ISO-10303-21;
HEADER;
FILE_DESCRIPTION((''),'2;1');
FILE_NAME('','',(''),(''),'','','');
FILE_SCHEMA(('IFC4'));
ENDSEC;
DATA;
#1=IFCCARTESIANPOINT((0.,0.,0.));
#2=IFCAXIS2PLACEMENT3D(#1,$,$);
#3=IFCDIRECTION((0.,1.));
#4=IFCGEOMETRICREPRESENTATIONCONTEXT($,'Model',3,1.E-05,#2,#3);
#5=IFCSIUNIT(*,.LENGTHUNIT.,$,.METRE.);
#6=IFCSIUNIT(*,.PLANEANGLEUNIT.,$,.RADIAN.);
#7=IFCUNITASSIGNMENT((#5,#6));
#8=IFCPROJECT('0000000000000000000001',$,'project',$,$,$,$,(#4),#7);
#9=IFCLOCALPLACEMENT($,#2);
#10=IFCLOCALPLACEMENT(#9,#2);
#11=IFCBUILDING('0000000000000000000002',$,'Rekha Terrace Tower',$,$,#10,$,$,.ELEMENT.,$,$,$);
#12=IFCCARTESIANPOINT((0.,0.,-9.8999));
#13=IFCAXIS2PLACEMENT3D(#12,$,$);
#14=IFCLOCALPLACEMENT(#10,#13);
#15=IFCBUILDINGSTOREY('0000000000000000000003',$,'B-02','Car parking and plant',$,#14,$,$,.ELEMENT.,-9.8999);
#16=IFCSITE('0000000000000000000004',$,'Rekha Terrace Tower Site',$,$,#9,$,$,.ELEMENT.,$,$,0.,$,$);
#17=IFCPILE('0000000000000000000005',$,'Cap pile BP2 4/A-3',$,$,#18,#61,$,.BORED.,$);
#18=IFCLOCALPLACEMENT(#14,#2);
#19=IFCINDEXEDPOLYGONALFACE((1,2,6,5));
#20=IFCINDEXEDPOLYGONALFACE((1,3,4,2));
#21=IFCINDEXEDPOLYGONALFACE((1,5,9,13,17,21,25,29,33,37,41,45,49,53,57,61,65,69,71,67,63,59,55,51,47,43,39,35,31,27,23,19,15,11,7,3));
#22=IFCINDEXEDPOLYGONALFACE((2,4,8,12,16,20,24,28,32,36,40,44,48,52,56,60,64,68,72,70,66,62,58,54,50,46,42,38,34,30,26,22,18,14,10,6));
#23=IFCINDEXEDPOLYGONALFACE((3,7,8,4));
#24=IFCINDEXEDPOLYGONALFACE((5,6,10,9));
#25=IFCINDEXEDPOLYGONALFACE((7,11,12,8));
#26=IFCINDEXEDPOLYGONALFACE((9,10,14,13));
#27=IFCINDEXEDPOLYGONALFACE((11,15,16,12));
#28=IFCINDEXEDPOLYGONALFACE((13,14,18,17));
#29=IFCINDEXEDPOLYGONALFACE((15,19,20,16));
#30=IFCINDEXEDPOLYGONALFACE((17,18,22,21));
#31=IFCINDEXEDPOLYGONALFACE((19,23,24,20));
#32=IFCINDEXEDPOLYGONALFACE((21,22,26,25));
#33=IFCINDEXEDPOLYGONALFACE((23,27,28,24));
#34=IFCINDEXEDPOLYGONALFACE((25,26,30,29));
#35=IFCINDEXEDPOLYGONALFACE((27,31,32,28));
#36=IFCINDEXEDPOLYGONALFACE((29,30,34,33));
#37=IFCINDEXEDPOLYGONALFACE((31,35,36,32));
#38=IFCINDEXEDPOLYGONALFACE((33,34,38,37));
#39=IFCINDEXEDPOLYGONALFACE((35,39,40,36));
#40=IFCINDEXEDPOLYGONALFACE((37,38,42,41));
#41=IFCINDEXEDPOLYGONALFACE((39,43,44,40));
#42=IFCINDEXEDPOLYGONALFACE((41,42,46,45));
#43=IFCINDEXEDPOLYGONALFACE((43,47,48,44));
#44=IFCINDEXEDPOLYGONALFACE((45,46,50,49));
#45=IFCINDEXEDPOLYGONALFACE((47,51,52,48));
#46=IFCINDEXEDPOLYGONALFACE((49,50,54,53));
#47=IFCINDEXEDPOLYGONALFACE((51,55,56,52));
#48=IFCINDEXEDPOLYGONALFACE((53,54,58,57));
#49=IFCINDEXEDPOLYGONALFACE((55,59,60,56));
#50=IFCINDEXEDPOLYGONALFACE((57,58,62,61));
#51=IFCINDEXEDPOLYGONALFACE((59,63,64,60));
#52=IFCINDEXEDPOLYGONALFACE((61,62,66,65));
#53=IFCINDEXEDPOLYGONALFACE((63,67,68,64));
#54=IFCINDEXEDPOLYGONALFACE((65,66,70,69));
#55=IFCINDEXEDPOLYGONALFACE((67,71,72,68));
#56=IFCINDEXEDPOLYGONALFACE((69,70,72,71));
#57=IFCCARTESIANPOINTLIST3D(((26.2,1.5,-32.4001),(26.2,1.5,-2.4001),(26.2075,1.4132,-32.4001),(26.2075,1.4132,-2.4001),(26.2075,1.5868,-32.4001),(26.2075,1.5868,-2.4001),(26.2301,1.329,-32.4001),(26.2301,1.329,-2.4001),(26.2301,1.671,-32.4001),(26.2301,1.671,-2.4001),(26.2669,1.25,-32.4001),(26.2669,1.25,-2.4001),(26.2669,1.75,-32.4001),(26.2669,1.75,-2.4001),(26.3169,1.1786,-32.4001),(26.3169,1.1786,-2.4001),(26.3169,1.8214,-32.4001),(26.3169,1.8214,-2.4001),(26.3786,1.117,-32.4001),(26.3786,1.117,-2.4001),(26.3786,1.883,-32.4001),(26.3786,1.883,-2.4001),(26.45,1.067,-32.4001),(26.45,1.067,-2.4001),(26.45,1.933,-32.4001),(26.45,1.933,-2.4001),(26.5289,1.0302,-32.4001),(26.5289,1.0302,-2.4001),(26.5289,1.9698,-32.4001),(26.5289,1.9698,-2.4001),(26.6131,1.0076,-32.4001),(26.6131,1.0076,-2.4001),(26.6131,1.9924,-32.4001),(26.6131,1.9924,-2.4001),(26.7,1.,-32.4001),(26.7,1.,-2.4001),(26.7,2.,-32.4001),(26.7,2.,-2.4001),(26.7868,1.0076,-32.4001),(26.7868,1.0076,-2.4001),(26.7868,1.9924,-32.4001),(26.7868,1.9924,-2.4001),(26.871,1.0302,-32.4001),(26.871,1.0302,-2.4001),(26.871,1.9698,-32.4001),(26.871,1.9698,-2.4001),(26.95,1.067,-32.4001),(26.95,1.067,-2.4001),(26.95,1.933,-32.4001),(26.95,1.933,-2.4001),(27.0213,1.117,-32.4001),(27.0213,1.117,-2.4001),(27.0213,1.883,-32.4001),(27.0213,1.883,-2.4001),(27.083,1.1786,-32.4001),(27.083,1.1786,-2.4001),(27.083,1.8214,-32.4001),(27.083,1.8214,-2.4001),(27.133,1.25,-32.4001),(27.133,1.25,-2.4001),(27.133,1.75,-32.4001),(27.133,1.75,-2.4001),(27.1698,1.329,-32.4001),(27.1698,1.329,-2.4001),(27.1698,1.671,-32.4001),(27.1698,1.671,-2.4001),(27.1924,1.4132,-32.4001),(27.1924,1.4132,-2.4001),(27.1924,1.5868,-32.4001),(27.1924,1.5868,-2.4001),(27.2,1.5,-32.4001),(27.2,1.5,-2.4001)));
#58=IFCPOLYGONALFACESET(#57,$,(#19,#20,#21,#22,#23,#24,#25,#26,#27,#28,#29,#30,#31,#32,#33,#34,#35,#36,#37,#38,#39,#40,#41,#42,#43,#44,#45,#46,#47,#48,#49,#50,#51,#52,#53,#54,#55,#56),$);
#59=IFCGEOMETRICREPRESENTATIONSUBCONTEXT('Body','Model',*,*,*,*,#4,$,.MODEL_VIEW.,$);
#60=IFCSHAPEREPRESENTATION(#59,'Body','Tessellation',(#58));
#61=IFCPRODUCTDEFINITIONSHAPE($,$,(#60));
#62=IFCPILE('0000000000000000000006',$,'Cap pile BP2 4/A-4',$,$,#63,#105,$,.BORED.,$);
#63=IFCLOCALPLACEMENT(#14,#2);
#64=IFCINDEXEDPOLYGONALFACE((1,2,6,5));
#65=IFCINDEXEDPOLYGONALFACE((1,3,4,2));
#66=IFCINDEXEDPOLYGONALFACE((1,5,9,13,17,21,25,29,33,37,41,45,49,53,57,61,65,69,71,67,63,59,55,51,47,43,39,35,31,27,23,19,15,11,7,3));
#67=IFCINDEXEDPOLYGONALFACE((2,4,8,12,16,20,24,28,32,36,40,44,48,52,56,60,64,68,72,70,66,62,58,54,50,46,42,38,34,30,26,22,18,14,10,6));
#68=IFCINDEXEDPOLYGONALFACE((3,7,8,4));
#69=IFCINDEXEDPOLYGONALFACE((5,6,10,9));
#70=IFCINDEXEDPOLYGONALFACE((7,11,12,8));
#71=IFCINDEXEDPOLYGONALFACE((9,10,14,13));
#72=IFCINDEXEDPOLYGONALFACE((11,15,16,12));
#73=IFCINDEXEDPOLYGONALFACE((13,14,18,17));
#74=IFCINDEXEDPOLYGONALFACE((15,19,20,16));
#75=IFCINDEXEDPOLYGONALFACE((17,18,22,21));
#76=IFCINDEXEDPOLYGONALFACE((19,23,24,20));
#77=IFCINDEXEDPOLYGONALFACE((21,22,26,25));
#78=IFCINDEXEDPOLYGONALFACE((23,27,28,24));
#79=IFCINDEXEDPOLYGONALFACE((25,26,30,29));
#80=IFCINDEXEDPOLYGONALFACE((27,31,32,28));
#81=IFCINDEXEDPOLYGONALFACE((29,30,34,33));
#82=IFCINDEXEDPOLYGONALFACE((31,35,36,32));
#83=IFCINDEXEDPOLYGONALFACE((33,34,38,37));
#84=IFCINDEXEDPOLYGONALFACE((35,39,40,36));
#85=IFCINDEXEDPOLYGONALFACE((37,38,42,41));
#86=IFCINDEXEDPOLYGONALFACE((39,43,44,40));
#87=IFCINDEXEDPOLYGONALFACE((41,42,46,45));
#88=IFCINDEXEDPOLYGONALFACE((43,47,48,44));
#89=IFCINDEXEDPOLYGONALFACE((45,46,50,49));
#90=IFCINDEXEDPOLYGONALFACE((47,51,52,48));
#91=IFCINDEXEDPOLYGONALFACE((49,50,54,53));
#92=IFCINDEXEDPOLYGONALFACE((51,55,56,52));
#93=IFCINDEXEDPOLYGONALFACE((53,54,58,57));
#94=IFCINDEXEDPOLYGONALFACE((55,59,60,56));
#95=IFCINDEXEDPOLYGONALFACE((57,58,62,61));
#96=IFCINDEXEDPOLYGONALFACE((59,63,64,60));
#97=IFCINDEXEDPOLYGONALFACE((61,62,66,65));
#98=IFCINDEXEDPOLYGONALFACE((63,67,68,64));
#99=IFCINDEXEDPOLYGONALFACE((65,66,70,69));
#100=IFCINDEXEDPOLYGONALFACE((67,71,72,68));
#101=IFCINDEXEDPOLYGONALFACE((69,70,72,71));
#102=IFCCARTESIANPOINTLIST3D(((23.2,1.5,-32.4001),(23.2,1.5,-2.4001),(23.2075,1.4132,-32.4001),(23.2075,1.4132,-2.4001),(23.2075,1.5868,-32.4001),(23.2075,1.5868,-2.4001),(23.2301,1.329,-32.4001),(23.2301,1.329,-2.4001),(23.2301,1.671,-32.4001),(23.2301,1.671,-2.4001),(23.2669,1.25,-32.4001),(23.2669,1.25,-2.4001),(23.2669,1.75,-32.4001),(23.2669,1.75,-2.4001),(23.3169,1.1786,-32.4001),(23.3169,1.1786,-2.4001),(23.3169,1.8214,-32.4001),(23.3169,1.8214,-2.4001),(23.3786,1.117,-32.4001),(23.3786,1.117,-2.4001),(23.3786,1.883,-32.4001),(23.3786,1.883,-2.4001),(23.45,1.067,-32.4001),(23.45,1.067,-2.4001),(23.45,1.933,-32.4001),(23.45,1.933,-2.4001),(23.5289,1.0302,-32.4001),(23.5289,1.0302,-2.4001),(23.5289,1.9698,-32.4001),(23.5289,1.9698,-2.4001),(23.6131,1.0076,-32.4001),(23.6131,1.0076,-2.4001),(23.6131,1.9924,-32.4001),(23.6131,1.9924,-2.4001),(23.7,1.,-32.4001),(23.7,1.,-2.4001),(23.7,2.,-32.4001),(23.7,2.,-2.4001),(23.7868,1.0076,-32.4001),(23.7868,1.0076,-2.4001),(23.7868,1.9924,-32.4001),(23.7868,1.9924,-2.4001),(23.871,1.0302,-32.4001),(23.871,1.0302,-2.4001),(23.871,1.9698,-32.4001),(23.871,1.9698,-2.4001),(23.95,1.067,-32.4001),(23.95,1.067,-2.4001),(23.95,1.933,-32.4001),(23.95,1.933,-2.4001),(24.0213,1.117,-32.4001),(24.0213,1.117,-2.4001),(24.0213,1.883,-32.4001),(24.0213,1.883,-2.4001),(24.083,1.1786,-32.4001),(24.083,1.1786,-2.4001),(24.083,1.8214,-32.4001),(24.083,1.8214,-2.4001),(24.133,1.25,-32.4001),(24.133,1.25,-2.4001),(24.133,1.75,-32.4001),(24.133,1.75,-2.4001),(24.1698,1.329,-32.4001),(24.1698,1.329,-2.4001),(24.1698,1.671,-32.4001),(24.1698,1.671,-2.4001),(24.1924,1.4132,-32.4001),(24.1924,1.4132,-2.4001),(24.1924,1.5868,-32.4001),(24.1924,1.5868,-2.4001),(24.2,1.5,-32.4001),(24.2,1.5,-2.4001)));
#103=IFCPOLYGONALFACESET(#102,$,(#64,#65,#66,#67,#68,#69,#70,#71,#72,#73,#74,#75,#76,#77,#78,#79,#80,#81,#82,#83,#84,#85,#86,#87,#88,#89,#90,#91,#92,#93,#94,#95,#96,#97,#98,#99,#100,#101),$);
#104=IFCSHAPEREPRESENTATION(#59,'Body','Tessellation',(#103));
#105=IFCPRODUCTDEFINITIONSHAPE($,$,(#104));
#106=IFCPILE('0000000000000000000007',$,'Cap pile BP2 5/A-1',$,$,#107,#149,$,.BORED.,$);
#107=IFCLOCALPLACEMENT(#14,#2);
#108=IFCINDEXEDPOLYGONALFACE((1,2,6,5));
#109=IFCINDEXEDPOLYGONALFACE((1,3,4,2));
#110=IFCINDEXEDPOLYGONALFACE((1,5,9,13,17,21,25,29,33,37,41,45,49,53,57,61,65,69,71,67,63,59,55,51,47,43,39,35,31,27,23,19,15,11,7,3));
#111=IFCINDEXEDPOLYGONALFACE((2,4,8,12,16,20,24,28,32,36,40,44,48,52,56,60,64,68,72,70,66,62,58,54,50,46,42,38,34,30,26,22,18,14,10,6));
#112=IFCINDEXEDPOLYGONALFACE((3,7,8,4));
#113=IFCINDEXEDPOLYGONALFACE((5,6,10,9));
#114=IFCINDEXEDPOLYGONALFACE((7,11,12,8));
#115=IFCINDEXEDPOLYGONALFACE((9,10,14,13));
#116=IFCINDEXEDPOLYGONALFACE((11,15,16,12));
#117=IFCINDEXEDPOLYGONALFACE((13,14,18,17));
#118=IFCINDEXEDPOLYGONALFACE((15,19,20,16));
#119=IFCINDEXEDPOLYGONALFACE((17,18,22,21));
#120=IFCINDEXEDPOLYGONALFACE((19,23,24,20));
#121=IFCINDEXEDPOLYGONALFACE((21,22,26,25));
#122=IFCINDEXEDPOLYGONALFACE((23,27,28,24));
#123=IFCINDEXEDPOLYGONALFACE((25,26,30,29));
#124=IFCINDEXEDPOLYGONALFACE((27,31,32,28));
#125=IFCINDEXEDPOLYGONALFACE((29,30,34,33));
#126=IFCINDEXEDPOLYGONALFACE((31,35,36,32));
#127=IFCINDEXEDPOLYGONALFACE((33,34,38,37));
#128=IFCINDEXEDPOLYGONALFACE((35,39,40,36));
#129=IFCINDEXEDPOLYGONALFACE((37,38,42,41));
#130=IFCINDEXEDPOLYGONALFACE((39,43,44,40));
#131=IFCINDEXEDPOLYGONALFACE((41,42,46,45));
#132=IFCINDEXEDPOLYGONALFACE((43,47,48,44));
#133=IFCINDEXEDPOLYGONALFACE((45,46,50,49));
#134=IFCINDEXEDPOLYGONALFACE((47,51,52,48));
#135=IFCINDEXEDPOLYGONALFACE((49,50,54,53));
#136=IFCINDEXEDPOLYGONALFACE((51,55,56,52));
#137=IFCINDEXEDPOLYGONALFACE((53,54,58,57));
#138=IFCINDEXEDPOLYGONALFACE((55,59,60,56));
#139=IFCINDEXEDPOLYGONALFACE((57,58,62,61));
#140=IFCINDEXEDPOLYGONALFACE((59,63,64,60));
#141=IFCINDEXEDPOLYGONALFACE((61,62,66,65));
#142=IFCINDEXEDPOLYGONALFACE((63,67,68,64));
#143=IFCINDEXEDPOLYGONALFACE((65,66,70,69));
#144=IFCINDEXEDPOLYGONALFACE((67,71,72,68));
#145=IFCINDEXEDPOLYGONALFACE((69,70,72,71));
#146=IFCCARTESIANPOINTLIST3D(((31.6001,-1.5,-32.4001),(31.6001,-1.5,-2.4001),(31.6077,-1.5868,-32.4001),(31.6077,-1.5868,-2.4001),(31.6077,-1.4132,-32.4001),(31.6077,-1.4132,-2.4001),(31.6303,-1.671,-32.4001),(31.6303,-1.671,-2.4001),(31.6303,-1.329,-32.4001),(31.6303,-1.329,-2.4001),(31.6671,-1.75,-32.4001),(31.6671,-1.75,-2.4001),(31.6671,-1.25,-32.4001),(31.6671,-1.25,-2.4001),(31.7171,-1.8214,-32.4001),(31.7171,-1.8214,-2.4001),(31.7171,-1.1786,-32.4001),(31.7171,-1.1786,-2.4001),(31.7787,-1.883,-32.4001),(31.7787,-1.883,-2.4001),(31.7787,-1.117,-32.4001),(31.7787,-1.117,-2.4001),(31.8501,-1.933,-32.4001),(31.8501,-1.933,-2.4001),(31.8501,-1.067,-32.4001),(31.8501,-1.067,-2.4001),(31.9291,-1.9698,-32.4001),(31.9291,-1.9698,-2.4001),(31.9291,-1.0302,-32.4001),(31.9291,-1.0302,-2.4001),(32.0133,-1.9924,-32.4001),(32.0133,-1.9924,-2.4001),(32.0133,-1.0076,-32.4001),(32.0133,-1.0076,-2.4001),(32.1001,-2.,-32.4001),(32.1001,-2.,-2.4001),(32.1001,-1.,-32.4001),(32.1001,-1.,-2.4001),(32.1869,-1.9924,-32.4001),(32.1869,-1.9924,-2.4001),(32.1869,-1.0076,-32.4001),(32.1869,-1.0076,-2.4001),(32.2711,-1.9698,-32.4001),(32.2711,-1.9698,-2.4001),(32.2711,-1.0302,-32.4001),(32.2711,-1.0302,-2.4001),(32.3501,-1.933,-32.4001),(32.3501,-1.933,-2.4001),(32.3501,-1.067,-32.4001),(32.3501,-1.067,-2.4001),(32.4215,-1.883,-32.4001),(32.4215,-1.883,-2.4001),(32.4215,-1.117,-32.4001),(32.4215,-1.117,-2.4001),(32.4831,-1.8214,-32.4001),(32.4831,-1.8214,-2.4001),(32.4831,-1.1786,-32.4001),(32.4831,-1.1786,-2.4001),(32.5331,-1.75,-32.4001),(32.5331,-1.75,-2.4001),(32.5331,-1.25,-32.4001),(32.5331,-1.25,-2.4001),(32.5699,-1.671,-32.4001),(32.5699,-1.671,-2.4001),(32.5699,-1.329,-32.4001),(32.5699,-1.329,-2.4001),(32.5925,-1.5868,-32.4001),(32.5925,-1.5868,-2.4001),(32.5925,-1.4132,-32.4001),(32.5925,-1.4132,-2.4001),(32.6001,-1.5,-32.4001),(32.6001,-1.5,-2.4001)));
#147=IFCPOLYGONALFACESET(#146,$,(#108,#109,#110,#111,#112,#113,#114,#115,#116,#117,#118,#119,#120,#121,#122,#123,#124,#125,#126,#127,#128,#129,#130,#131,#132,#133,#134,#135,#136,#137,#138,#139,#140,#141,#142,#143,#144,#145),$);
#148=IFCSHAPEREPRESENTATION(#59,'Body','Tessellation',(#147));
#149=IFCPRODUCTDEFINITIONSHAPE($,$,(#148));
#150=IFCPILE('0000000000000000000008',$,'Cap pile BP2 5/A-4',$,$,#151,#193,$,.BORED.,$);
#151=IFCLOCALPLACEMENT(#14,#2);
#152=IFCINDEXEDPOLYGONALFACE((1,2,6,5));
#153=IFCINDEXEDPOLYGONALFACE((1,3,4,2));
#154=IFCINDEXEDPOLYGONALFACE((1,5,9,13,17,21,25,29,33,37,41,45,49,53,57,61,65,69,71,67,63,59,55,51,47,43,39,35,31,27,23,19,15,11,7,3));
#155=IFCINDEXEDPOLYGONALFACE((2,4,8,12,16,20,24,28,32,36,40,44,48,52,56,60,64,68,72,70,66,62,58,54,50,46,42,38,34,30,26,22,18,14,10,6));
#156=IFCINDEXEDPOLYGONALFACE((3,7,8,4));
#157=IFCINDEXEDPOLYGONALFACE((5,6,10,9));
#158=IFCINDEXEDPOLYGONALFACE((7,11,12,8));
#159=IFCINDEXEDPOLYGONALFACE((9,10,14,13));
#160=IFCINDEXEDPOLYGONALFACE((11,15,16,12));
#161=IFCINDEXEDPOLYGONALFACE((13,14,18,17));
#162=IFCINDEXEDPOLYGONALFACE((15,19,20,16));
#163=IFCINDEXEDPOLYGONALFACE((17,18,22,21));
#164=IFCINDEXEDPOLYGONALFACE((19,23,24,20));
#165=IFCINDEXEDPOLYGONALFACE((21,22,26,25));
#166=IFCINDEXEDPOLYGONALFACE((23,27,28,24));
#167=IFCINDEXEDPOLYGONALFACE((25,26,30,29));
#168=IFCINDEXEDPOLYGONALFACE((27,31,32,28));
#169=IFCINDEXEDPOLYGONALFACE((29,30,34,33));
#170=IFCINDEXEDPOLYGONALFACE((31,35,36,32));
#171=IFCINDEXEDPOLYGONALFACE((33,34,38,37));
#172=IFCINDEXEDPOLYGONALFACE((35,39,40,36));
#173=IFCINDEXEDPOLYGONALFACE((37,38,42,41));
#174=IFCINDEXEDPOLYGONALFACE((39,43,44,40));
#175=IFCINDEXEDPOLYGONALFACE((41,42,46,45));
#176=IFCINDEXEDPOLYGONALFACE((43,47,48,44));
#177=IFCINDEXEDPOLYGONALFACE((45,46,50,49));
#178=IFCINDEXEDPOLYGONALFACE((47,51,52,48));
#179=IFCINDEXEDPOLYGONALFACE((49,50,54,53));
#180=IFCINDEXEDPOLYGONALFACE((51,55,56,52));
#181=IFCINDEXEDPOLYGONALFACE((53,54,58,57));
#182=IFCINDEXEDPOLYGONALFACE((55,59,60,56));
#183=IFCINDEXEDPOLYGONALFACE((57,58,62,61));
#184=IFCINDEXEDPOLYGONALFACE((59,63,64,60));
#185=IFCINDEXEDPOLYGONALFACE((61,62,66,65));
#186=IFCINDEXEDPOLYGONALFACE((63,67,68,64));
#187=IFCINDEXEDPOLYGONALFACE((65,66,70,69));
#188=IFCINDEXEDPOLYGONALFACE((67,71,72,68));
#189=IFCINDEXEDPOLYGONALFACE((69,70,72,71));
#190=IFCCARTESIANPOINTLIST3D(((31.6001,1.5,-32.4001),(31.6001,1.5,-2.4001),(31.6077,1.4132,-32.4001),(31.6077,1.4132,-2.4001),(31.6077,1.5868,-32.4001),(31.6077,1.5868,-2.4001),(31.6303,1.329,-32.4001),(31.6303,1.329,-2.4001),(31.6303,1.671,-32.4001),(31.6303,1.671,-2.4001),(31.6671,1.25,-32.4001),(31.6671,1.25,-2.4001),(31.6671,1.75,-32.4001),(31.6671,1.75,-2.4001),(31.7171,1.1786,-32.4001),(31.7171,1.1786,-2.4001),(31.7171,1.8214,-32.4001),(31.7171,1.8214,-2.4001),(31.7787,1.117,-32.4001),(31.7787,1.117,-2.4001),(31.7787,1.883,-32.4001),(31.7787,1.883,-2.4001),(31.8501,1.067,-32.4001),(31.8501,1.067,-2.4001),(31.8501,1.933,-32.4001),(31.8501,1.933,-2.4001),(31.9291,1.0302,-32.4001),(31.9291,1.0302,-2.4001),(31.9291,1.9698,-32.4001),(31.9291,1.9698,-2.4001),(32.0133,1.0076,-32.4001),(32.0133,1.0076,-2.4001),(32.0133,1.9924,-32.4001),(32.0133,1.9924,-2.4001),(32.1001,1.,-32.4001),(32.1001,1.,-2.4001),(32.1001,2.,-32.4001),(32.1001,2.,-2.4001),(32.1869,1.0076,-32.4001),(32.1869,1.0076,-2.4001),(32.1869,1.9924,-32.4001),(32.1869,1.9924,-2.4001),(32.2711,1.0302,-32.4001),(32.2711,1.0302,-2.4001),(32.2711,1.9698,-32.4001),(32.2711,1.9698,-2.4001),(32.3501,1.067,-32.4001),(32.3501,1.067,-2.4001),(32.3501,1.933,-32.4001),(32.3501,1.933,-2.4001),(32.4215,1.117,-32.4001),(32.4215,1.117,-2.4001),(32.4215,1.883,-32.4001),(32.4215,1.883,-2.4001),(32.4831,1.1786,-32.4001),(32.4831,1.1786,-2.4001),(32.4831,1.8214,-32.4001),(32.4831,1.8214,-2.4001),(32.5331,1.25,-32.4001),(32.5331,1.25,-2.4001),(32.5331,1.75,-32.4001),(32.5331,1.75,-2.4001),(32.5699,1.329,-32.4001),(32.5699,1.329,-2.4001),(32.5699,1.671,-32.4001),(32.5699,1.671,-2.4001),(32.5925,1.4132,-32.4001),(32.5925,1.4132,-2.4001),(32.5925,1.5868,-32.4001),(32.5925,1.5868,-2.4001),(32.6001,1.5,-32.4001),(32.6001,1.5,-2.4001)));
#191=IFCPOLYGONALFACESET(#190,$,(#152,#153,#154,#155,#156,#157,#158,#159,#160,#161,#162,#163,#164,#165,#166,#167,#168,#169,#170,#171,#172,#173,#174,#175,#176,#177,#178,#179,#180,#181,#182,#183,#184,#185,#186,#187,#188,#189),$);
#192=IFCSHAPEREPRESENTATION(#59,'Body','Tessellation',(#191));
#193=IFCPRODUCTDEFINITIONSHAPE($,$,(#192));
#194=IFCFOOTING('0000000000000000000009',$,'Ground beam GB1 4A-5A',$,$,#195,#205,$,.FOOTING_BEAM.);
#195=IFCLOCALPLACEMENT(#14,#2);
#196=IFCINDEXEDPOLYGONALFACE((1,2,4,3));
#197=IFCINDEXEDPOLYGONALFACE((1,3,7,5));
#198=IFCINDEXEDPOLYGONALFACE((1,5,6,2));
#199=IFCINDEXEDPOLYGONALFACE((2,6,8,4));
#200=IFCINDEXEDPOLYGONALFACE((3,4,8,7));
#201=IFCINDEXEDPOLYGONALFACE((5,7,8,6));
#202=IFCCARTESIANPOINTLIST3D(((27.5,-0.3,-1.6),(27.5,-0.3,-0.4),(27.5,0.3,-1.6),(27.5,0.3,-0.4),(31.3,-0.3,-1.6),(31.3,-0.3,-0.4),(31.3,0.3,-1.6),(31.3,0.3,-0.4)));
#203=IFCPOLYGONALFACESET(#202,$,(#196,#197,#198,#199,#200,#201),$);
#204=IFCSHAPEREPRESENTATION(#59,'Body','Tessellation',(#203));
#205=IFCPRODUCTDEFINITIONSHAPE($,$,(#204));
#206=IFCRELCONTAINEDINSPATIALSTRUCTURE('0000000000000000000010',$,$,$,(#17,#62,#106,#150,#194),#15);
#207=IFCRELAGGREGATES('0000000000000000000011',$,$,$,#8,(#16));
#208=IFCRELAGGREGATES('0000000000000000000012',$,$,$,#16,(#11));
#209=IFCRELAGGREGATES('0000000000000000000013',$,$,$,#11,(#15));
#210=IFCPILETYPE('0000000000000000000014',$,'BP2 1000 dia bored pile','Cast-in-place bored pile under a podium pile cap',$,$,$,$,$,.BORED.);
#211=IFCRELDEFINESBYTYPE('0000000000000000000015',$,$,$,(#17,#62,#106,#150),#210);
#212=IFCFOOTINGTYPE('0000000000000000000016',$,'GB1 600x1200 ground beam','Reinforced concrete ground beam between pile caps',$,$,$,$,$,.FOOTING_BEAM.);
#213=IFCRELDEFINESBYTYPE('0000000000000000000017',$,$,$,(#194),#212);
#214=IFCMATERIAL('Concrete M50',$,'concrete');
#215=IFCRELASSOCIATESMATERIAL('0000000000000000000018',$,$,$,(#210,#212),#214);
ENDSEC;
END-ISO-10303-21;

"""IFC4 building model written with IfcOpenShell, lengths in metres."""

from ifc_helpers import new_model, si_unit, direction, frame, origin, origin_2d, place, context, subcontext, project, spatial, rectangle, circle, extrude, material, material_profile, profile_set, type_object, element, save


model = new_model("IFC4")

# Units and contexts
model_context = context("Model", 3, precision=1e-05, world=origin(), true_north=direction((0.0, 1.0)))
body_context = subcontext(model_context, "Body", "Model", "MODEL_VIEW")
ifc_project = project(units=[si_unit("LENGTHUNIT", "METRE"), si_unit("PLANEANGLEUNIT", "RADIAN")], contexts=[model_context])

# Site, building, storey
site_placement = place(None, origin())
site = spatial("IfcSite", under=ifc_project, at=site_placement, Name="Rekha Terrace Tower Site", CompositionType="ELEMENT", RefElevation=0.0)
building_placement = place(site_placement, origin())
building = spatial("IfcBuilding", under=site, at=building_placement, Name="Rekha Terrace Tower", CompositionType="ELEMENT")
storey_placement = place(building_placement, frame((0.0, 0.0, -9.8999)))
storey = spatial("IfcBuildingStorey", under=building, at=storey_placement, Name="B-02", Description="Car parking and plant", CompositionType="ELEMENT", Elevation=-9.8999)

# Piles
ifc_material_1 = material(Name="Concrete M50", Category="concrete")
pile_type_1 = type_object("IfcPileType", Name="BP2 1000 dia bored pile", Description="Cast-in-place bored pile under a podium pile cap", PredefinedType="BORED", material=ifc_material_1)
for number, where, z_axis, x_axis, name in (
    (1, (26.7, 1.5, -2.4001), (0.0, 0.0, -1.0), (1.0, 0.0, 0.0), "Cap pile BP2 4/A-3"),
    (2, (23.7, 1.5, -2.4001), (0.0, 0.0, -1.0), (1.0, 0.0, 0.0), "Cap pile BP2 4/A-4"),
    (3, (32.1001, -1.5, -2.4001), (0.0, 0.0, -1.0), (1.0, 0.0, 0.0), "Cap pile BP2 5/A-1"),
    (4, (32.1001, 1.5, -2.4001), (0.0, 0.0, -1.0), (1.0, 0.0, 0.0), "Cap pile BP2 5/A-4"),
):
    element("IfcPile", number, at=place(storey_placement, frame(where, z_axis=z_axis, x_axis=x_axis)), inside=storey, type_object=pile_type_1, Name=name, PredefinedType="BORED", context=body_context, shape_type="SweptSolid", body=[
        extrude(circle(Radius=0.5, at=origin_2d()), origin(), (0.0, 0.0, 1.0), 30.0),
    ])

# Footing
ifc_material_profile_1 = material_profile(ifc_material_1, rectangle(XDim=0.6001, YDim=1.2, at=origin_2d()), Name="RC 600x1200")
ifc_profile_set_1 = profile_set([ifc_material_profile_1], Name="Concrete M50")
footing_type_1 = type_object("IfcFootingType", Name="GB1 600x1200 ground beam", Description="Reinforced concrete ground beam between pile caps", PredefinedType="FOOTING_BEAM", material=ifc_profile_set_1)
footing_placement = place(storey_placement, frame((27.5, 0.0, -1.0), z_axis=(1.0, 0.0, 0.0), x_axis=(0.0, 1.0, 0.0)))
element("IfcFooting", 5, at=footing_placement, inside=storey, type_object=footing_type_1, Name="Ground beam GB1 4A-5A", PredefinedType="FOOTING_BEAM", context=body_context, shape_type="SweptSolid", body=[
    extrude(rectangle(XDim=0.6001, YDim=1.2, at=origin_2d()), origin(), (0.0, 0.0, 1.0), 3.8),
])

save(model, "model.ifc")
